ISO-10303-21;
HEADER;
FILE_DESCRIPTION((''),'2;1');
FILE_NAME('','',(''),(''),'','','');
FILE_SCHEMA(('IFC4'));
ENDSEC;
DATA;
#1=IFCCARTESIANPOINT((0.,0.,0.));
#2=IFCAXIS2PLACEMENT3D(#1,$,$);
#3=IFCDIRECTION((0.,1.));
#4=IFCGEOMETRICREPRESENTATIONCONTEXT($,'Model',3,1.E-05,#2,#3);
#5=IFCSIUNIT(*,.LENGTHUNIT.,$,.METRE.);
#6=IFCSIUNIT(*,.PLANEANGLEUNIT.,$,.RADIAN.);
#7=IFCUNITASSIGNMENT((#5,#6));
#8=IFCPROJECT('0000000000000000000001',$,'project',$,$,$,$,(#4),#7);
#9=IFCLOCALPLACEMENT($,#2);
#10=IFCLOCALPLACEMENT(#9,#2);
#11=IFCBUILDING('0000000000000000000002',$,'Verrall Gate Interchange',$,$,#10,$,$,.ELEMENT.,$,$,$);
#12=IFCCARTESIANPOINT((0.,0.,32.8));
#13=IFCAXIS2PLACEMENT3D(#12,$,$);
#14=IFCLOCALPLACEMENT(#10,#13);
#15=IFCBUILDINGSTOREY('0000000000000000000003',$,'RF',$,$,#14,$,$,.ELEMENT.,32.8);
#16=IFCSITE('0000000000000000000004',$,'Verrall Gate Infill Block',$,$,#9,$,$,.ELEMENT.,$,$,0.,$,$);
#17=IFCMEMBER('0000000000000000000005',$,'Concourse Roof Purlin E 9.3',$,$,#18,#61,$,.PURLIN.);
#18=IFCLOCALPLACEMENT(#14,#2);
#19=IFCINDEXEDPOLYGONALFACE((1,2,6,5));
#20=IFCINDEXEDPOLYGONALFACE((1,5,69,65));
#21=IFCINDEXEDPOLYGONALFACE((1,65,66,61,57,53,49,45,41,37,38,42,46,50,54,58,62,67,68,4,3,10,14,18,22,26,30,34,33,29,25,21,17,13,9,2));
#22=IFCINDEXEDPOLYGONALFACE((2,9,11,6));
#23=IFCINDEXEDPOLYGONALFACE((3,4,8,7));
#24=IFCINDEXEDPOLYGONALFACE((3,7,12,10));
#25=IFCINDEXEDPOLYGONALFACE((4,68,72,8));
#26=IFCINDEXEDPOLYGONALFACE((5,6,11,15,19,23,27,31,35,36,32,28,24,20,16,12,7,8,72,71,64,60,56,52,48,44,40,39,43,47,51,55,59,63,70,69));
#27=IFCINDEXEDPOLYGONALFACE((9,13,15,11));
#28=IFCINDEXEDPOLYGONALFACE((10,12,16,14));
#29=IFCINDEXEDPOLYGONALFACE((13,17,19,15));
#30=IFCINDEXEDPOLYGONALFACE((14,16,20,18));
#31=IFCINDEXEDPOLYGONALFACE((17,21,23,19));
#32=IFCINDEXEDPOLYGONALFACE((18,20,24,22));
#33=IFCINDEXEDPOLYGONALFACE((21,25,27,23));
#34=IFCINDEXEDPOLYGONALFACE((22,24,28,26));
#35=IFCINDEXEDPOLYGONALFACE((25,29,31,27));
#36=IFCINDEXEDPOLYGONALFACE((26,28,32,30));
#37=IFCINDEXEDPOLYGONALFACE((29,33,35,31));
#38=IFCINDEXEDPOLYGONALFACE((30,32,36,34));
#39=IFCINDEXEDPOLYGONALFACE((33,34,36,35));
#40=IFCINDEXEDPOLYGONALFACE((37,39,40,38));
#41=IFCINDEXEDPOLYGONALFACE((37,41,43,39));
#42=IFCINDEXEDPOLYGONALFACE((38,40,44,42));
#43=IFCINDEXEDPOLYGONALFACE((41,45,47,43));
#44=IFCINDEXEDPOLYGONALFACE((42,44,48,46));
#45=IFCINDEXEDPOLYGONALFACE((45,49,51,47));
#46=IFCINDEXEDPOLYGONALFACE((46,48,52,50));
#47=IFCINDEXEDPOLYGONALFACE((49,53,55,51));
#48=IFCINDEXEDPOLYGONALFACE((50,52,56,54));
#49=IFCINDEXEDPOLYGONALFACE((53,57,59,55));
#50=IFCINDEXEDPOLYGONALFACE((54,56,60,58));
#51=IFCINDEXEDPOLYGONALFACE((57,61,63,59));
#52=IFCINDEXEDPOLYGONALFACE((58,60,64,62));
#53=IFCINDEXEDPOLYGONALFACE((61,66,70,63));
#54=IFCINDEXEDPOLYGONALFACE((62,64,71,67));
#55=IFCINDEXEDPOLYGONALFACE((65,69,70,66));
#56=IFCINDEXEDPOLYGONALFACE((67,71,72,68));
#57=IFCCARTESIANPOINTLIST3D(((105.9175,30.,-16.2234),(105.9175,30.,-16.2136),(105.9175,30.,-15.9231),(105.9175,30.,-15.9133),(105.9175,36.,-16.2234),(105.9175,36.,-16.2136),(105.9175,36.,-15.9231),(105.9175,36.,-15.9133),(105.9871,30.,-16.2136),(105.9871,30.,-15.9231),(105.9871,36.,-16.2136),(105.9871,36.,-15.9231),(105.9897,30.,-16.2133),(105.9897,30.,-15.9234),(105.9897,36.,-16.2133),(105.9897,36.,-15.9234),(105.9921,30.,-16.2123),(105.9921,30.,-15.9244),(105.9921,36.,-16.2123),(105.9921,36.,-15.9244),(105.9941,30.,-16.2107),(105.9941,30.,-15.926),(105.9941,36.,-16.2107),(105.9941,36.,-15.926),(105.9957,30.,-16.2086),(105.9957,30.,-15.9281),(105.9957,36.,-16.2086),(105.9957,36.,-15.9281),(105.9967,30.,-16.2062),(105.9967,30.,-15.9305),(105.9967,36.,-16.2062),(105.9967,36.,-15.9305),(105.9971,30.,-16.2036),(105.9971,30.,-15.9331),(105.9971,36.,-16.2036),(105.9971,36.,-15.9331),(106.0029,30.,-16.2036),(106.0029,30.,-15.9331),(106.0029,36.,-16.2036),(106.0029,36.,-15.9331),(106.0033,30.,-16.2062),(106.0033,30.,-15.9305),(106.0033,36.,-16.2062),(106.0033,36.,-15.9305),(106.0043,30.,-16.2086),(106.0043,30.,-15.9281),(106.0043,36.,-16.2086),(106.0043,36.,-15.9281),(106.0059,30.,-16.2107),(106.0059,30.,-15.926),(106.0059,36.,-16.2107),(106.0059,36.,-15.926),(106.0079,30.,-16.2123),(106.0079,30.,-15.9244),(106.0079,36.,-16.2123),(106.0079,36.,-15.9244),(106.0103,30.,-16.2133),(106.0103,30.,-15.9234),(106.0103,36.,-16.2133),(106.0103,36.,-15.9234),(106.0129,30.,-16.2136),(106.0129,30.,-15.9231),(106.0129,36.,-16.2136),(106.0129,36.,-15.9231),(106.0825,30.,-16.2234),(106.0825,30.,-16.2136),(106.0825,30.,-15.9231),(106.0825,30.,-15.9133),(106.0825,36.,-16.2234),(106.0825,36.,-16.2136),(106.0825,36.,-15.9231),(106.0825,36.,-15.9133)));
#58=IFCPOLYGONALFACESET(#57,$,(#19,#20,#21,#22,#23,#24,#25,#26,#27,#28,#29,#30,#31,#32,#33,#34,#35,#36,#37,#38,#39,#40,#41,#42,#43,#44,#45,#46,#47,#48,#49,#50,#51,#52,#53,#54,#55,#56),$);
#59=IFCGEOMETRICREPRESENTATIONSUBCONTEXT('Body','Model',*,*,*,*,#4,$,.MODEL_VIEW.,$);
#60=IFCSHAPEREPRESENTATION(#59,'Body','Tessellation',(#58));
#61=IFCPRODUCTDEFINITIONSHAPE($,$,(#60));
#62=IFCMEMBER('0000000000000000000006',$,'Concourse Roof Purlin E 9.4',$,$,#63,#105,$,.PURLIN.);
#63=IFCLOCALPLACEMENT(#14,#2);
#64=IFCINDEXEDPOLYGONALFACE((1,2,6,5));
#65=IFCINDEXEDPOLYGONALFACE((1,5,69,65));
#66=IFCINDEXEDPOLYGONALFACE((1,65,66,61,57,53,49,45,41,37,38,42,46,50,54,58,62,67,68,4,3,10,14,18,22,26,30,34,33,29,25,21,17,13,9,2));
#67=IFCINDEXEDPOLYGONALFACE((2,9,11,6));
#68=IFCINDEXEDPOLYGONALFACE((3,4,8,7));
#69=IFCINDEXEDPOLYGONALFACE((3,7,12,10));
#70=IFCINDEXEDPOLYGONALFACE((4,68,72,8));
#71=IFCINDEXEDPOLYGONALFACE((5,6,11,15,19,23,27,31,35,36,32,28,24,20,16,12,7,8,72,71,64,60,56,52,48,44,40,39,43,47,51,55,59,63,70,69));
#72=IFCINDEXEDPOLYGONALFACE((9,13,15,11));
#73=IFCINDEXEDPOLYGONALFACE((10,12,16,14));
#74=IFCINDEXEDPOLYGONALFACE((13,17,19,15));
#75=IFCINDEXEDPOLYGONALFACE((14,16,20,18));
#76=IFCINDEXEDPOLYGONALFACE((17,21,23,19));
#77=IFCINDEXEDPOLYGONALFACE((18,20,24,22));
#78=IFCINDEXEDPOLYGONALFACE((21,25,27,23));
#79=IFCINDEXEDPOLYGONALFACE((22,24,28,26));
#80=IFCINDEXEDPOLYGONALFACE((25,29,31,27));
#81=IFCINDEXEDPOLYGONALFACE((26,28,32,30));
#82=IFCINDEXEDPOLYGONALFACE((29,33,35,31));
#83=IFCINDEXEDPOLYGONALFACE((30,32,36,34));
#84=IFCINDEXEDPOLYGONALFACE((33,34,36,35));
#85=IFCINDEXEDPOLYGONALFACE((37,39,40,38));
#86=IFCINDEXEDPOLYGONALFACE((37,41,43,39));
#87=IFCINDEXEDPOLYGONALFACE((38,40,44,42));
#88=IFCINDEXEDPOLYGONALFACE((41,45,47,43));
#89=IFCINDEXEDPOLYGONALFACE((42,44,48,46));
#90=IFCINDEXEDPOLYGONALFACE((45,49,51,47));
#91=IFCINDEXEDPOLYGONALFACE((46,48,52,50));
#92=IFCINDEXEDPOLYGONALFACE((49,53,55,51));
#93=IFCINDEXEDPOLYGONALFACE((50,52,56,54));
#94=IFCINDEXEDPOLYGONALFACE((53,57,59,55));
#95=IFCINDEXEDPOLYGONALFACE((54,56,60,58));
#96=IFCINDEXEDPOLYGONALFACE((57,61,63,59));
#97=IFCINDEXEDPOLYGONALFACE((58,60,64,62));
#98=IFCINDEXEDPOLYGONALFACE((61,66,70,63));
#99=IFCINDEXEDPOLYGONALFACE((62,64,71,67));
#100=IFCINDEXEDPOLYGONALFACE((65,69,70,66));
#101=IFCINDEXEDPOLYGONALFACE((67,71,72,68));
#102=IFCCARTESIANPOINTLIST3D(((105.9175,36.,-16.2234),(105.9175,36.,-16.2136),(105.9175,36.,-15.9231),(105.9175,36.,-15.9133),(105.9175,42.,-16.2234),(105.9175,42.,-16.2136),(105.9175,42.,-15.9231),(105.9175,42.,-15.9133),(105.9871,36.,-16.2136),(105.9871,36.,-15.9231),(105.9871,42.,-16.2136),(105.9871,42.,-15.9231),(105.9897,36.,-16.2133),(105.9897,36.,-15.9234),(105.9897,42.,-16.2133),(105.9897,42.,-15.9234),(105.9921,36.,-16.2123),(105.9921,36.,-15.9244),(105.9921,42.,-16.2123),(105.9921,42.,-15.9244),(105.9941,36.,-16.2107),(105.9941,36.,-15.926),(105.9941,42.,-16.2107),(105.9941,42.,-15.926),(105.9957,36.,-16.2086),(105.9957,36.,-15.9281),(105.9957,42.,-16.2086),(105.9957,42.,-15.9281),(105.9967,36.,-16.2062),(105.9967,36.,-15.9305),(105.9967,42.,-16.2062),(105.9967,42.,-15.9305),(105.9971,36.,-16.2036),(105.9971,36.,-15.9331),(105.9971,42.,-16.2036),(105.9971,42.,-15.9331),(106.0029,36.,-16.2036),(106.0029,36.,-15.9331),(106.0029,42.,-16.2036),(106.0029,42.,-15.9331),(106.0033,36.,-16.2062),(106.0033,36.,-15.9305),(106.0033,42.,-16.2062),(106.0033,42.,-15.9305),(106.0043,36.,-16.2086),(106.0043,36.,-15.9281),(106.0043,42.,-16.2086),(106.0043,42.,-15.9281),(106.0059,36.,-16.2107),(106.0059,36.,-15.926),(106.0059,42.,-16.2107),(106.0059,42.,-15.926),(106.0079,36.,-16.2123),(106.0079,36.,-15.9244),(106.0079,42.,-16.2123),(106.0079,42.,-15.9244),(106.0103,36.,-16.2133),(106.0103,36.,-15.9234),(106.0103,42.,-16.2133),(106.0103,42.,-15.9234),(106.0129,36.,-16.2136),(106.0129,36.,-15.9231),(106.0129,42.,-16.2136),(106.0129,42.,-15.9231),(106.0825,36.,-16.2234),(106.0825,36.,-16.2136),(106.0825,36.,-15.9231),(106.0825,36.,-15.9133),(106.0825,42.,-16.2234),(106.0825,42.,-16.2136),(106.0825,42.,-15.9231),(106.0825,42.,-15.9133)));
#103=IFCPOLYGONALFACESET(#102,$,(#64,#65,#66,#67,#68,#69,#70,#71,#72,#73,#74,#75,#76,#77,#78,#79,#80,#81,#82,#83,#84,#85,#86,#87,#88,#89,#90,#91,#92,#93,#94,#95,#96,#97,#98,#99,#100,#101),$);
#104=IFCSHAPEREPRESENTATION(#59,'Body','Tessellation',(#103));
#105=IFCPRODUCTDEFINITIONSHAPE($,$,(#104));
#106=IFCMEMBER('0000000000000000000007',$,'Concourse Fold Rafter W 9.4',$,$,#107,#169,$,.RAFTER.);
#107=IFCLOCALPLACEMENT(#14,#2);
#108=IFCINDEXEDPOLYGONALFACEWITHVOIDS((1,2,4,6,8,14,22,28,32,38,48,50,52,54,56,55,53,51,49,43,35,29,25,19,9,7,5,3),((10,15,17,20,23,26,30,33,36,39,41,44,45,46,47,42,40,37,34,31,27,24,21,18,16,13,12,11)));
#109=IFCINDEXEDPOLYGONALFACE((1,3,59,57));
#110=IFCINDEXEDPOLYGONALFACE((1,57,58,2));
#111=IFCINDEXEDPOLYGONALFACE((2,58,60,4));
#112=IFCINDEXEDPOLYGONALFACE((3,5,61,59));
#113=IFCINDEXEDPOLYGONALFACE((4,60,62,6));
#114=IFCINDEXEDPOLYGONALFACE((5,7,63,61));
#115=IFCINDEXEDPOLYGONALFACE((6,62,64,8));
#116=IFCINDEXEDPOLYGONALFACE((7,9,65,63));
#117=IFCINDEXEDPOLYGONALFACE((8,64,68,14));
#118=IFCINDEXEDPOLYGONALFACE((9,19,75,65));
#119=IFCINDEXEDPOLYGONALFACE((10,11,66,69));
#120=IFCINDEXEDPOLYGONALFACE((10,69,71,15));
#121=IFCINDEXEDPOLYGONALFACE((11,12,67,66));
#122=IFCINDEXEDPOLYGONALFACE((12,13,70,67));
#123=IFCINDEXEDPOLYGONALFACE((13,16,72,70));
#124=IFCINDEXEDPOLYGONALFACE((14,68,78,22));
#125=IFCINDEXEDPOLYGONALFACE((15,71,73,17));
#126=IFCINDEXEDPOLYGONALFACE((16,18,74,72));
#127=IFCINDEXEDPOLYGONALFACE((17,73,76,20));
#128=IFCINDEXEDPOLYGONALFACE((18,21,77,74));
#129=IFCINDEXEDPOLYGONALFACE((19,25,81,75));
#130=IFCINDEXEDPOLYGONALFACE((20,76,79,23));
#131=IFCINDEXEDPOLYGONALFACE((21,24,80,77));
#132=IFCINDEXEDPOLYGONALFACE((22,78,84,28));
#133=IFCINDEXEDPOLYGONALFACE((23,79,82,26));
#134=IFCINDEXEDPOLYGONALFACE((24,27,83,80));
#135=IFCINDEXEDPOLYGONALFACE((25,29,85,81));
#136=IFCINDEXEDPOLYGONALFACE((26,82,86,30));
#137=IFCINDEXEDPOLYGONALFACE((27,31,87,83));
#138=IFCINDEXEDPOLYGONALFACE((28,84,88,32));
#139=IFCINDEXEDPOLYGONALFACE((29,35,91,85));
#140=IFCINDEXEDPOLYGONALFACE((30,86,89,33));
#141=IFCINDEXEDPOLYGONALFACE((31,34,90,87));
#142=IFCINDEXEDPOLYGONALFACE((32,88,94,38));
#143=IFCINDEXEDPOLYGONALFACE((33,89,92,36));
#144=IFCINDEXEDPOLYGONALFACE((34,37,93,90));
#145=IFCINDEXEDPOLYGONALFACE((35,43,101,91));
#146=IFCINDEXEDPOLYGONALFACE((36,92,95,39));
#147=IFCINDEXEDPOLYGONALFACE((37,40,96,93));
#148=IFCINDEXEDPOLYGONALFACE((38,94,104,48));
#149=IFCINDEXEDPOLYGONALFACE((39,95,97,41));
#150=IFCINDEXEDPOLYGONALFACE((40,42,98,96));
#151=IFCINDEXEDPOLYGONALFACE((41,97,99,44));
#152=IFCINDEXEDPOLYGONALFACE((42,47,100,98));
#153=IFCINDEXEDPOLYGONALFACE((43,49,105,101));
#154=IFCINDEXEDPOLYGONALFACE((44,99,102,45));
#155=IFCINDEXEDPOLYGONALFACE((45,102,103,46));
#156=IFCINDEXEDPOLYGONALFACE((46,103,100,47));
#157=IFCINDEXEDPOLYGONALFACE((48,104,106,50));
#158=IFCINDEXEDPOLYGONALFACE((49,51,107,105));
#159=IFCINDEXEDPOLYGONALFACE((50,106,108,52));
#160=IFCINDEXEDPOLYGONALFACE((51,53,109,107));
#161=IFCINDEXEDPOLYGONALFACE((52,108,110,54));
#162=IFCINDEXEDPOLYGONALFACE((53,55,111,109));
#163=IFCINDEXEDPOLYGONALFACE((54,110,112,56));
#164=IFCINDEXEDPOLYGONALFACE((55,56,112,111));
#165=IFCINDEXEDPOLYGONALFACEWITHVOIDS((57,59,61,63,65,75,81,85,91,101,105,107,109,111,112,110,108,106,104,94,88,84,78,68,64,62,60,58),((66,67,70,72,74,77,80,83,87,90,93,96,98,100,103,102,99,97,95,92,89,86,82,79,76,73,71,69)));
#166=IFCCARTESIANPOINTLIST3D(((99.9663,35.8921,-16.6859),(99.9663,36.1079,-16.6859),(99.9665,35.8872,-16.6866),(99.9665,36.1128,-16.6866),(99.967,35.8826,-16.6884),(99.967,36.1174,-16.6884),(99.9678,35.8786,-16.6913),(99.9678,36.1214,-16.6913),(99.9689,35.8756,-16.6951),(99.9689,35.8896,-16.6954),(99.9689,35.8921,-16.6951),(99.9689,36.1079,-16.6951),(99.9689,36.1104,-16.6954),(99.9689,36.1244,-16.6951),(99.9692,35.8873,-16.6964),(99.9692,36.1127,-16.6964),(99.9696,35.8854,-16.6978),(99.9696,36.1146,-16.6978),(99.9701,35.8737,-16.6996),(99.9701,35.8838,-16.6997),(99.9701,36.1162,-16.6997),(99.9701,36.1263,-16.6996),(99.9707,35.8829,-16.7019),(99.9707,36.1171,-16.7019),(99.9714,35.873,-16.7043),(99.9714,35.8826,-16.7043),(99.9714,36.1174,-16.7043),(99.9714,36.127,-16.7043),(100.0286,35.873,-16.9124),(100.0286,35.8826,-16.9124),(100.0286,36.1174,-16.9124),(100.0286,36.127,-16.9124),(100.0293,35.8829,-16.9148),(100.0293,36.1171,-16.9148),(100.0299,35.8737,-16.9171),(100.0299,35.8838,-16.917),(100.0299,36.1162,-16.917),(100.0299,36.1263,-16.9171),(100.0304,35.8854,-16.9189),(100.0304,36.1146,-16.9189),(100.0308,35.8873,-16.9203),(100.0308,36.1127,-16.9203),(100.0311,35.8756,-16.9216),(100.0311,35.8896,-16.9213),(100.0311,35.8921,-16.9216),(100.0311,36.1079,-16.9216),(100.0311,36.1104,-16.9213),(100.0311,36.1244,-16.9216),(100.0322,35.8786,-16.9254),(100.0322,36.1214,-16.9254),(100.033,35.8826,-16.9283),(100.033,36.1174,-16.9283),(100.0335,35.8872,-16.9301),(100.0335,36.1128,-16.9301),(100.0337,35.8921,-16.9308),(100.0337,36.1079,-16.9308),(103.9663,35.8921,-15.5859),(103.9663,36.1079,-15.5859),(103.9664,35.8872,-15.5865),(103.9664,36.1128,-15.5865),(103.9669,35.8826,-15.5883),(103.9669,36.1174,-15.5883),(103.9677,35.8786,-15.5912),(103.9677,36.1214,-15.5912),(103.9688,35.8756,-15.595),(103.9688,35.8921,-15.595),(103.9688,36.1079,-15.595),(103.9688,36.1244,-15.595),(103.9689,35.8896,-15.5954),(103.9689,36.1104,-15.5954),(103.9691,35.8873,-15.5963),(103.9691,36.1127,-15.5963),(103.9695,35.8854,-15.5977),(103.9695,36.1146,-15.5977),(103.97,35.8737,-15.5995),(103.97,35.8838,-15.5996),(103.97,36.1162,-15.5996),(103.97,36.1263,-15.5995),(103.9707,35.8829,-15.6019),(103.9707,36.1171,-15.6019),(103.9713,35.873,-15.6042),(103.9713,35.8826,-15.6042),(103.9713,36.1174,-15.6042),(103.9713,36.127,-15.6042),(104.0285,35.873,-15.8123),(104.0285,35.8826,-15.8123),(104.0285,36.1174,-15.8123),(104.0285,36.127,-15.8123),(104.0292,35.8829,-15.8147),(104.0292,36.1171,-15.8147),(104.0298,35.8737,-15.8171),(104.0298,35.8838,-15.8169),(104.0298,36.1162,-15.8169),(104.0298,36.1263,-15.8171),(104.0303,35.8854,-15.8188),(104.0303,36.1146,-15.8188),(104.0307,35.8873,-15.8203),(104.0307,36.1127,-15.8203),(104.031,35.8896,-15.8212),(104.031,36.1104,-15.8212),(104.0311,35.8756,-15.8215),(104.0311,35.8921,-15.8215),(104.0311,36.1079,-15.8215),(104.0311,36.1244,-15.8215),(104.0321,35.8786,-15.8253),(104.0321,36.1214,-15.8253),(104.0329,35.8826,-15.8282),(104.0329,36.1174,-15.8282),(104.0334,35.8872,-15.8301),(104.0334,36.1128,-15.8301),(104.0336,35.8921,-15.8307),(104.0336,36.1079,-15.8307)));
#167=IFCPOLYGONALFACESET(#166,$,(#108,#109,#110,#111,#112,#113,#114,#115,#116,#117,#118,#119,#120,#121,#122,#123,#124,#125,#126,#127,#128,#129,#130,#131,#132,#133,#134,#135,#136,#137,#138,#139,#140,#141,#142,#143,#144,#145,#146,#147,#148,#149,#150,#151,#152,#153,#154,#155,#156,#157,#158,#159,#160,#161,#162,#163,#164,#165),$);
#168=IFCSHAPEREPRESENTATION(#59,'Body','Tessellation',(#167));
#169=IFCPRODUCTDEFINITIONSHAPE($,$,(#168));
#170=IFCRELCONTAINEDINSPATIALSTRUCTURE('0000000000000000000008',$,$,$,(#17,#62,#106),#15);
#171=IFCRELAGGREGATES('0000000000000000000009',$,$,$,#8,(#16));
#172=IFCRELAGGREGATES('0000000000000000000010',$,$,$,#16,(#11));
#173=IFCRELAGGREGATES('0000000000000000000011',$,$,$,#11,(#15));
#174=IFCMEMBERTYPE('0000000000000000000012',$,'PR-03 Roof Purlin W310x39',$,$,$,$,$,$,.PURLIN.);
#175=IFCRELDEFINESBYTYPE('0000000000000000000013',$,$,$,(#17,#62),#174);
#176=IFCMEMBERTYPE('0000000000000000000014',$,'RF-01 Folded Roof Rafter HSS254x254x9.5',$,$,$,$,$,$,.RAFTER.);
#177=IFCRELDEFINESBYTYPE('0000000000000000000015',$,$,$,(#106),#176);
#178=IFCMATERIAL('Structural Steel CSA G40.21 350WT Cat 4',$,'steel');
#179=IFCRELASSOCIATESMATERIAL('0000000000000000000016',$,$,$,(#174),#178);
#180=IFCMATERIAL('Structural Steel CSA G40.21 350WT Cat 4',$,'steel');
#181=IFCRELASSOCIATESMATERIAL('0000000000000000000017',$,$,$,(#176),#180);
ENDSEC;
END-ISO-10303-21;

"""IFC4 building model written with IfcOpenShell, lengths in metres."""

from ifc_helpers import new_model, si_unit, direction, frame, origin, origin_2d, place, context, subcontext, project, spatial, hollow_rectangle, i_section, extrude, material, material_profile, profile_set, type_object, element, save


model = new_model("IFC4")

# Units and contexts
model_context = context("Model", 3, precision=1e-05, world=origin(), true_north=direction((0.0, 1.0)))
body_context = subcontext(model_context, "Body", "Model", "MODEL_VIEW")
ifc_project = project(units=[si_unit("LENGTHUNIT", "METRE"), si_unit("PLANEANGLEUNIT", "RADIAN")], contexts=[model_context])

# Site, building, storey
site_placement = place(None, origin())
site = spatial("IfcSite", under=ifc_project, at=site_placement, Name="Verrall Gate Infill Block", CompositionType="ELEMENT", RefElevation=0.0)
building_placement = place(site_placement, origin())
building = spatial("IfcBuilding", under=site, at=building_placement, Name="Verrall Gate Interchange", CompositionType="ELEMENT")
storey_placement = place(building_placement, frame((0.0, 0.0, 32.8)))
storey = spatial("IfcBuildingStorey", under=building, at=storey_placement, Name="RF", CompositionType="ELEMENT", Elevation=32.8)

# Members
ifc_material_1 = material(Name="Structural Steel CSA G40.21 350WT Cat 4", Category="steel")
ifc_material_profile_1 = material_profile(ifc_material_1, i_section(OverallWidth=0.165, OverallDepth=0.3101, WebThickness=0.0059, FlangeThickness=0.0098, FilletRadius=0.01, at=origin_2d()), Name="W310x39")
ifc_profile_set_1 = profile_set([ifc_material_profile_1], Name="Structural Steel CSA G40.21 350WT Cat 4")
member_type_1 = type_object("IfcMemberType", Name="PR-03 Roof Purlin W310x39", PredefinedType="PURLIN", material=ifc_profile_set_1)
for number, where, z_axis, x_axis, name in (
    (1, (106.0, 30.0, -16.0684), (0.0, 1.0, 0.0), (-1.0, 0.0, 0.0), "Concourse Roof Purlin E 9.3"),
    (2, (106.0, 36.0, -16.0684), (0.0, 1.0, 0.0), (-1.0, 0.0, 0.0), "Concourse Roof Purlin E 9.4"),
):
    element("IfcMember", number, at=place(storey_placement, frame(where, z_axis=z_axis, x_axis=x_axis)), inside=storey, type_object=member_type_1, Name=name, PredefinedType="PURLIN", context=body_context, shape_type="SweptSolid", body=[
        extrude(i_section(OverallWidth=0.165, OverallDepth=0.3101, WebThickness=0.0059, FlangeThickness=0.0098, FilletRadius=0.01, at=origin_2d()), origin(), (0.0, 0.0, 1.0), 6.0),
    ])
ifc_material_2 = material(Name="Structural Steel CSA G40.21 350WT Cat 4", Category="steel")
ifc_material_profile_2 = material_profile(ifc_material_2, hollow_rectangle(XDim=0.2539, YDim=0.2539, WallThickness=0.0095, InnerFilletRadius=0.0095, OuterFilletRadius=0.019, at=origin_2d()), Name="HSS254x254x9.5")
ifc_profile_set_2 = profile_set([ifc_material_profile_2], Name="Structural Steel CSA G40.21 350WT Cat 4")
member_type_2 = type_object("IfcMemberType", Name="RF-01 Folded Roof Rafter HSS254x254x9.5", PredefinedType="RAFTER", material=ifc_profile_set_2)
for number, where, z_axis, x_axis, name in (
    (3, (100.0, 36.0, -16.8083), (0.964199, 0.0, 0.265178), (0.0, 1.0, 0.0), "Concourse Fold Rafter W 9.4"),
):
    element("IfcMember", number, at=place(storey_placement, frame(where, z_axis=z_axis, x_axis=x_axis)), inside=storey, type_object=member_type_2, Name=name, PredefinedType="RAFTER", context=body_context, shape_type="SweptSolid", body=[
        extrude(hollow_rectangle(XDim=0.2539, YDim=0.2539, WallThickness=0.0095, InnerFilletRadius=0.0095, OuterFilletRadius=0.019, at=origin_2d()), origin(), (0.0, 0.0, 1.0), 4.1484),
    ])

save(model, "model.ifc")
